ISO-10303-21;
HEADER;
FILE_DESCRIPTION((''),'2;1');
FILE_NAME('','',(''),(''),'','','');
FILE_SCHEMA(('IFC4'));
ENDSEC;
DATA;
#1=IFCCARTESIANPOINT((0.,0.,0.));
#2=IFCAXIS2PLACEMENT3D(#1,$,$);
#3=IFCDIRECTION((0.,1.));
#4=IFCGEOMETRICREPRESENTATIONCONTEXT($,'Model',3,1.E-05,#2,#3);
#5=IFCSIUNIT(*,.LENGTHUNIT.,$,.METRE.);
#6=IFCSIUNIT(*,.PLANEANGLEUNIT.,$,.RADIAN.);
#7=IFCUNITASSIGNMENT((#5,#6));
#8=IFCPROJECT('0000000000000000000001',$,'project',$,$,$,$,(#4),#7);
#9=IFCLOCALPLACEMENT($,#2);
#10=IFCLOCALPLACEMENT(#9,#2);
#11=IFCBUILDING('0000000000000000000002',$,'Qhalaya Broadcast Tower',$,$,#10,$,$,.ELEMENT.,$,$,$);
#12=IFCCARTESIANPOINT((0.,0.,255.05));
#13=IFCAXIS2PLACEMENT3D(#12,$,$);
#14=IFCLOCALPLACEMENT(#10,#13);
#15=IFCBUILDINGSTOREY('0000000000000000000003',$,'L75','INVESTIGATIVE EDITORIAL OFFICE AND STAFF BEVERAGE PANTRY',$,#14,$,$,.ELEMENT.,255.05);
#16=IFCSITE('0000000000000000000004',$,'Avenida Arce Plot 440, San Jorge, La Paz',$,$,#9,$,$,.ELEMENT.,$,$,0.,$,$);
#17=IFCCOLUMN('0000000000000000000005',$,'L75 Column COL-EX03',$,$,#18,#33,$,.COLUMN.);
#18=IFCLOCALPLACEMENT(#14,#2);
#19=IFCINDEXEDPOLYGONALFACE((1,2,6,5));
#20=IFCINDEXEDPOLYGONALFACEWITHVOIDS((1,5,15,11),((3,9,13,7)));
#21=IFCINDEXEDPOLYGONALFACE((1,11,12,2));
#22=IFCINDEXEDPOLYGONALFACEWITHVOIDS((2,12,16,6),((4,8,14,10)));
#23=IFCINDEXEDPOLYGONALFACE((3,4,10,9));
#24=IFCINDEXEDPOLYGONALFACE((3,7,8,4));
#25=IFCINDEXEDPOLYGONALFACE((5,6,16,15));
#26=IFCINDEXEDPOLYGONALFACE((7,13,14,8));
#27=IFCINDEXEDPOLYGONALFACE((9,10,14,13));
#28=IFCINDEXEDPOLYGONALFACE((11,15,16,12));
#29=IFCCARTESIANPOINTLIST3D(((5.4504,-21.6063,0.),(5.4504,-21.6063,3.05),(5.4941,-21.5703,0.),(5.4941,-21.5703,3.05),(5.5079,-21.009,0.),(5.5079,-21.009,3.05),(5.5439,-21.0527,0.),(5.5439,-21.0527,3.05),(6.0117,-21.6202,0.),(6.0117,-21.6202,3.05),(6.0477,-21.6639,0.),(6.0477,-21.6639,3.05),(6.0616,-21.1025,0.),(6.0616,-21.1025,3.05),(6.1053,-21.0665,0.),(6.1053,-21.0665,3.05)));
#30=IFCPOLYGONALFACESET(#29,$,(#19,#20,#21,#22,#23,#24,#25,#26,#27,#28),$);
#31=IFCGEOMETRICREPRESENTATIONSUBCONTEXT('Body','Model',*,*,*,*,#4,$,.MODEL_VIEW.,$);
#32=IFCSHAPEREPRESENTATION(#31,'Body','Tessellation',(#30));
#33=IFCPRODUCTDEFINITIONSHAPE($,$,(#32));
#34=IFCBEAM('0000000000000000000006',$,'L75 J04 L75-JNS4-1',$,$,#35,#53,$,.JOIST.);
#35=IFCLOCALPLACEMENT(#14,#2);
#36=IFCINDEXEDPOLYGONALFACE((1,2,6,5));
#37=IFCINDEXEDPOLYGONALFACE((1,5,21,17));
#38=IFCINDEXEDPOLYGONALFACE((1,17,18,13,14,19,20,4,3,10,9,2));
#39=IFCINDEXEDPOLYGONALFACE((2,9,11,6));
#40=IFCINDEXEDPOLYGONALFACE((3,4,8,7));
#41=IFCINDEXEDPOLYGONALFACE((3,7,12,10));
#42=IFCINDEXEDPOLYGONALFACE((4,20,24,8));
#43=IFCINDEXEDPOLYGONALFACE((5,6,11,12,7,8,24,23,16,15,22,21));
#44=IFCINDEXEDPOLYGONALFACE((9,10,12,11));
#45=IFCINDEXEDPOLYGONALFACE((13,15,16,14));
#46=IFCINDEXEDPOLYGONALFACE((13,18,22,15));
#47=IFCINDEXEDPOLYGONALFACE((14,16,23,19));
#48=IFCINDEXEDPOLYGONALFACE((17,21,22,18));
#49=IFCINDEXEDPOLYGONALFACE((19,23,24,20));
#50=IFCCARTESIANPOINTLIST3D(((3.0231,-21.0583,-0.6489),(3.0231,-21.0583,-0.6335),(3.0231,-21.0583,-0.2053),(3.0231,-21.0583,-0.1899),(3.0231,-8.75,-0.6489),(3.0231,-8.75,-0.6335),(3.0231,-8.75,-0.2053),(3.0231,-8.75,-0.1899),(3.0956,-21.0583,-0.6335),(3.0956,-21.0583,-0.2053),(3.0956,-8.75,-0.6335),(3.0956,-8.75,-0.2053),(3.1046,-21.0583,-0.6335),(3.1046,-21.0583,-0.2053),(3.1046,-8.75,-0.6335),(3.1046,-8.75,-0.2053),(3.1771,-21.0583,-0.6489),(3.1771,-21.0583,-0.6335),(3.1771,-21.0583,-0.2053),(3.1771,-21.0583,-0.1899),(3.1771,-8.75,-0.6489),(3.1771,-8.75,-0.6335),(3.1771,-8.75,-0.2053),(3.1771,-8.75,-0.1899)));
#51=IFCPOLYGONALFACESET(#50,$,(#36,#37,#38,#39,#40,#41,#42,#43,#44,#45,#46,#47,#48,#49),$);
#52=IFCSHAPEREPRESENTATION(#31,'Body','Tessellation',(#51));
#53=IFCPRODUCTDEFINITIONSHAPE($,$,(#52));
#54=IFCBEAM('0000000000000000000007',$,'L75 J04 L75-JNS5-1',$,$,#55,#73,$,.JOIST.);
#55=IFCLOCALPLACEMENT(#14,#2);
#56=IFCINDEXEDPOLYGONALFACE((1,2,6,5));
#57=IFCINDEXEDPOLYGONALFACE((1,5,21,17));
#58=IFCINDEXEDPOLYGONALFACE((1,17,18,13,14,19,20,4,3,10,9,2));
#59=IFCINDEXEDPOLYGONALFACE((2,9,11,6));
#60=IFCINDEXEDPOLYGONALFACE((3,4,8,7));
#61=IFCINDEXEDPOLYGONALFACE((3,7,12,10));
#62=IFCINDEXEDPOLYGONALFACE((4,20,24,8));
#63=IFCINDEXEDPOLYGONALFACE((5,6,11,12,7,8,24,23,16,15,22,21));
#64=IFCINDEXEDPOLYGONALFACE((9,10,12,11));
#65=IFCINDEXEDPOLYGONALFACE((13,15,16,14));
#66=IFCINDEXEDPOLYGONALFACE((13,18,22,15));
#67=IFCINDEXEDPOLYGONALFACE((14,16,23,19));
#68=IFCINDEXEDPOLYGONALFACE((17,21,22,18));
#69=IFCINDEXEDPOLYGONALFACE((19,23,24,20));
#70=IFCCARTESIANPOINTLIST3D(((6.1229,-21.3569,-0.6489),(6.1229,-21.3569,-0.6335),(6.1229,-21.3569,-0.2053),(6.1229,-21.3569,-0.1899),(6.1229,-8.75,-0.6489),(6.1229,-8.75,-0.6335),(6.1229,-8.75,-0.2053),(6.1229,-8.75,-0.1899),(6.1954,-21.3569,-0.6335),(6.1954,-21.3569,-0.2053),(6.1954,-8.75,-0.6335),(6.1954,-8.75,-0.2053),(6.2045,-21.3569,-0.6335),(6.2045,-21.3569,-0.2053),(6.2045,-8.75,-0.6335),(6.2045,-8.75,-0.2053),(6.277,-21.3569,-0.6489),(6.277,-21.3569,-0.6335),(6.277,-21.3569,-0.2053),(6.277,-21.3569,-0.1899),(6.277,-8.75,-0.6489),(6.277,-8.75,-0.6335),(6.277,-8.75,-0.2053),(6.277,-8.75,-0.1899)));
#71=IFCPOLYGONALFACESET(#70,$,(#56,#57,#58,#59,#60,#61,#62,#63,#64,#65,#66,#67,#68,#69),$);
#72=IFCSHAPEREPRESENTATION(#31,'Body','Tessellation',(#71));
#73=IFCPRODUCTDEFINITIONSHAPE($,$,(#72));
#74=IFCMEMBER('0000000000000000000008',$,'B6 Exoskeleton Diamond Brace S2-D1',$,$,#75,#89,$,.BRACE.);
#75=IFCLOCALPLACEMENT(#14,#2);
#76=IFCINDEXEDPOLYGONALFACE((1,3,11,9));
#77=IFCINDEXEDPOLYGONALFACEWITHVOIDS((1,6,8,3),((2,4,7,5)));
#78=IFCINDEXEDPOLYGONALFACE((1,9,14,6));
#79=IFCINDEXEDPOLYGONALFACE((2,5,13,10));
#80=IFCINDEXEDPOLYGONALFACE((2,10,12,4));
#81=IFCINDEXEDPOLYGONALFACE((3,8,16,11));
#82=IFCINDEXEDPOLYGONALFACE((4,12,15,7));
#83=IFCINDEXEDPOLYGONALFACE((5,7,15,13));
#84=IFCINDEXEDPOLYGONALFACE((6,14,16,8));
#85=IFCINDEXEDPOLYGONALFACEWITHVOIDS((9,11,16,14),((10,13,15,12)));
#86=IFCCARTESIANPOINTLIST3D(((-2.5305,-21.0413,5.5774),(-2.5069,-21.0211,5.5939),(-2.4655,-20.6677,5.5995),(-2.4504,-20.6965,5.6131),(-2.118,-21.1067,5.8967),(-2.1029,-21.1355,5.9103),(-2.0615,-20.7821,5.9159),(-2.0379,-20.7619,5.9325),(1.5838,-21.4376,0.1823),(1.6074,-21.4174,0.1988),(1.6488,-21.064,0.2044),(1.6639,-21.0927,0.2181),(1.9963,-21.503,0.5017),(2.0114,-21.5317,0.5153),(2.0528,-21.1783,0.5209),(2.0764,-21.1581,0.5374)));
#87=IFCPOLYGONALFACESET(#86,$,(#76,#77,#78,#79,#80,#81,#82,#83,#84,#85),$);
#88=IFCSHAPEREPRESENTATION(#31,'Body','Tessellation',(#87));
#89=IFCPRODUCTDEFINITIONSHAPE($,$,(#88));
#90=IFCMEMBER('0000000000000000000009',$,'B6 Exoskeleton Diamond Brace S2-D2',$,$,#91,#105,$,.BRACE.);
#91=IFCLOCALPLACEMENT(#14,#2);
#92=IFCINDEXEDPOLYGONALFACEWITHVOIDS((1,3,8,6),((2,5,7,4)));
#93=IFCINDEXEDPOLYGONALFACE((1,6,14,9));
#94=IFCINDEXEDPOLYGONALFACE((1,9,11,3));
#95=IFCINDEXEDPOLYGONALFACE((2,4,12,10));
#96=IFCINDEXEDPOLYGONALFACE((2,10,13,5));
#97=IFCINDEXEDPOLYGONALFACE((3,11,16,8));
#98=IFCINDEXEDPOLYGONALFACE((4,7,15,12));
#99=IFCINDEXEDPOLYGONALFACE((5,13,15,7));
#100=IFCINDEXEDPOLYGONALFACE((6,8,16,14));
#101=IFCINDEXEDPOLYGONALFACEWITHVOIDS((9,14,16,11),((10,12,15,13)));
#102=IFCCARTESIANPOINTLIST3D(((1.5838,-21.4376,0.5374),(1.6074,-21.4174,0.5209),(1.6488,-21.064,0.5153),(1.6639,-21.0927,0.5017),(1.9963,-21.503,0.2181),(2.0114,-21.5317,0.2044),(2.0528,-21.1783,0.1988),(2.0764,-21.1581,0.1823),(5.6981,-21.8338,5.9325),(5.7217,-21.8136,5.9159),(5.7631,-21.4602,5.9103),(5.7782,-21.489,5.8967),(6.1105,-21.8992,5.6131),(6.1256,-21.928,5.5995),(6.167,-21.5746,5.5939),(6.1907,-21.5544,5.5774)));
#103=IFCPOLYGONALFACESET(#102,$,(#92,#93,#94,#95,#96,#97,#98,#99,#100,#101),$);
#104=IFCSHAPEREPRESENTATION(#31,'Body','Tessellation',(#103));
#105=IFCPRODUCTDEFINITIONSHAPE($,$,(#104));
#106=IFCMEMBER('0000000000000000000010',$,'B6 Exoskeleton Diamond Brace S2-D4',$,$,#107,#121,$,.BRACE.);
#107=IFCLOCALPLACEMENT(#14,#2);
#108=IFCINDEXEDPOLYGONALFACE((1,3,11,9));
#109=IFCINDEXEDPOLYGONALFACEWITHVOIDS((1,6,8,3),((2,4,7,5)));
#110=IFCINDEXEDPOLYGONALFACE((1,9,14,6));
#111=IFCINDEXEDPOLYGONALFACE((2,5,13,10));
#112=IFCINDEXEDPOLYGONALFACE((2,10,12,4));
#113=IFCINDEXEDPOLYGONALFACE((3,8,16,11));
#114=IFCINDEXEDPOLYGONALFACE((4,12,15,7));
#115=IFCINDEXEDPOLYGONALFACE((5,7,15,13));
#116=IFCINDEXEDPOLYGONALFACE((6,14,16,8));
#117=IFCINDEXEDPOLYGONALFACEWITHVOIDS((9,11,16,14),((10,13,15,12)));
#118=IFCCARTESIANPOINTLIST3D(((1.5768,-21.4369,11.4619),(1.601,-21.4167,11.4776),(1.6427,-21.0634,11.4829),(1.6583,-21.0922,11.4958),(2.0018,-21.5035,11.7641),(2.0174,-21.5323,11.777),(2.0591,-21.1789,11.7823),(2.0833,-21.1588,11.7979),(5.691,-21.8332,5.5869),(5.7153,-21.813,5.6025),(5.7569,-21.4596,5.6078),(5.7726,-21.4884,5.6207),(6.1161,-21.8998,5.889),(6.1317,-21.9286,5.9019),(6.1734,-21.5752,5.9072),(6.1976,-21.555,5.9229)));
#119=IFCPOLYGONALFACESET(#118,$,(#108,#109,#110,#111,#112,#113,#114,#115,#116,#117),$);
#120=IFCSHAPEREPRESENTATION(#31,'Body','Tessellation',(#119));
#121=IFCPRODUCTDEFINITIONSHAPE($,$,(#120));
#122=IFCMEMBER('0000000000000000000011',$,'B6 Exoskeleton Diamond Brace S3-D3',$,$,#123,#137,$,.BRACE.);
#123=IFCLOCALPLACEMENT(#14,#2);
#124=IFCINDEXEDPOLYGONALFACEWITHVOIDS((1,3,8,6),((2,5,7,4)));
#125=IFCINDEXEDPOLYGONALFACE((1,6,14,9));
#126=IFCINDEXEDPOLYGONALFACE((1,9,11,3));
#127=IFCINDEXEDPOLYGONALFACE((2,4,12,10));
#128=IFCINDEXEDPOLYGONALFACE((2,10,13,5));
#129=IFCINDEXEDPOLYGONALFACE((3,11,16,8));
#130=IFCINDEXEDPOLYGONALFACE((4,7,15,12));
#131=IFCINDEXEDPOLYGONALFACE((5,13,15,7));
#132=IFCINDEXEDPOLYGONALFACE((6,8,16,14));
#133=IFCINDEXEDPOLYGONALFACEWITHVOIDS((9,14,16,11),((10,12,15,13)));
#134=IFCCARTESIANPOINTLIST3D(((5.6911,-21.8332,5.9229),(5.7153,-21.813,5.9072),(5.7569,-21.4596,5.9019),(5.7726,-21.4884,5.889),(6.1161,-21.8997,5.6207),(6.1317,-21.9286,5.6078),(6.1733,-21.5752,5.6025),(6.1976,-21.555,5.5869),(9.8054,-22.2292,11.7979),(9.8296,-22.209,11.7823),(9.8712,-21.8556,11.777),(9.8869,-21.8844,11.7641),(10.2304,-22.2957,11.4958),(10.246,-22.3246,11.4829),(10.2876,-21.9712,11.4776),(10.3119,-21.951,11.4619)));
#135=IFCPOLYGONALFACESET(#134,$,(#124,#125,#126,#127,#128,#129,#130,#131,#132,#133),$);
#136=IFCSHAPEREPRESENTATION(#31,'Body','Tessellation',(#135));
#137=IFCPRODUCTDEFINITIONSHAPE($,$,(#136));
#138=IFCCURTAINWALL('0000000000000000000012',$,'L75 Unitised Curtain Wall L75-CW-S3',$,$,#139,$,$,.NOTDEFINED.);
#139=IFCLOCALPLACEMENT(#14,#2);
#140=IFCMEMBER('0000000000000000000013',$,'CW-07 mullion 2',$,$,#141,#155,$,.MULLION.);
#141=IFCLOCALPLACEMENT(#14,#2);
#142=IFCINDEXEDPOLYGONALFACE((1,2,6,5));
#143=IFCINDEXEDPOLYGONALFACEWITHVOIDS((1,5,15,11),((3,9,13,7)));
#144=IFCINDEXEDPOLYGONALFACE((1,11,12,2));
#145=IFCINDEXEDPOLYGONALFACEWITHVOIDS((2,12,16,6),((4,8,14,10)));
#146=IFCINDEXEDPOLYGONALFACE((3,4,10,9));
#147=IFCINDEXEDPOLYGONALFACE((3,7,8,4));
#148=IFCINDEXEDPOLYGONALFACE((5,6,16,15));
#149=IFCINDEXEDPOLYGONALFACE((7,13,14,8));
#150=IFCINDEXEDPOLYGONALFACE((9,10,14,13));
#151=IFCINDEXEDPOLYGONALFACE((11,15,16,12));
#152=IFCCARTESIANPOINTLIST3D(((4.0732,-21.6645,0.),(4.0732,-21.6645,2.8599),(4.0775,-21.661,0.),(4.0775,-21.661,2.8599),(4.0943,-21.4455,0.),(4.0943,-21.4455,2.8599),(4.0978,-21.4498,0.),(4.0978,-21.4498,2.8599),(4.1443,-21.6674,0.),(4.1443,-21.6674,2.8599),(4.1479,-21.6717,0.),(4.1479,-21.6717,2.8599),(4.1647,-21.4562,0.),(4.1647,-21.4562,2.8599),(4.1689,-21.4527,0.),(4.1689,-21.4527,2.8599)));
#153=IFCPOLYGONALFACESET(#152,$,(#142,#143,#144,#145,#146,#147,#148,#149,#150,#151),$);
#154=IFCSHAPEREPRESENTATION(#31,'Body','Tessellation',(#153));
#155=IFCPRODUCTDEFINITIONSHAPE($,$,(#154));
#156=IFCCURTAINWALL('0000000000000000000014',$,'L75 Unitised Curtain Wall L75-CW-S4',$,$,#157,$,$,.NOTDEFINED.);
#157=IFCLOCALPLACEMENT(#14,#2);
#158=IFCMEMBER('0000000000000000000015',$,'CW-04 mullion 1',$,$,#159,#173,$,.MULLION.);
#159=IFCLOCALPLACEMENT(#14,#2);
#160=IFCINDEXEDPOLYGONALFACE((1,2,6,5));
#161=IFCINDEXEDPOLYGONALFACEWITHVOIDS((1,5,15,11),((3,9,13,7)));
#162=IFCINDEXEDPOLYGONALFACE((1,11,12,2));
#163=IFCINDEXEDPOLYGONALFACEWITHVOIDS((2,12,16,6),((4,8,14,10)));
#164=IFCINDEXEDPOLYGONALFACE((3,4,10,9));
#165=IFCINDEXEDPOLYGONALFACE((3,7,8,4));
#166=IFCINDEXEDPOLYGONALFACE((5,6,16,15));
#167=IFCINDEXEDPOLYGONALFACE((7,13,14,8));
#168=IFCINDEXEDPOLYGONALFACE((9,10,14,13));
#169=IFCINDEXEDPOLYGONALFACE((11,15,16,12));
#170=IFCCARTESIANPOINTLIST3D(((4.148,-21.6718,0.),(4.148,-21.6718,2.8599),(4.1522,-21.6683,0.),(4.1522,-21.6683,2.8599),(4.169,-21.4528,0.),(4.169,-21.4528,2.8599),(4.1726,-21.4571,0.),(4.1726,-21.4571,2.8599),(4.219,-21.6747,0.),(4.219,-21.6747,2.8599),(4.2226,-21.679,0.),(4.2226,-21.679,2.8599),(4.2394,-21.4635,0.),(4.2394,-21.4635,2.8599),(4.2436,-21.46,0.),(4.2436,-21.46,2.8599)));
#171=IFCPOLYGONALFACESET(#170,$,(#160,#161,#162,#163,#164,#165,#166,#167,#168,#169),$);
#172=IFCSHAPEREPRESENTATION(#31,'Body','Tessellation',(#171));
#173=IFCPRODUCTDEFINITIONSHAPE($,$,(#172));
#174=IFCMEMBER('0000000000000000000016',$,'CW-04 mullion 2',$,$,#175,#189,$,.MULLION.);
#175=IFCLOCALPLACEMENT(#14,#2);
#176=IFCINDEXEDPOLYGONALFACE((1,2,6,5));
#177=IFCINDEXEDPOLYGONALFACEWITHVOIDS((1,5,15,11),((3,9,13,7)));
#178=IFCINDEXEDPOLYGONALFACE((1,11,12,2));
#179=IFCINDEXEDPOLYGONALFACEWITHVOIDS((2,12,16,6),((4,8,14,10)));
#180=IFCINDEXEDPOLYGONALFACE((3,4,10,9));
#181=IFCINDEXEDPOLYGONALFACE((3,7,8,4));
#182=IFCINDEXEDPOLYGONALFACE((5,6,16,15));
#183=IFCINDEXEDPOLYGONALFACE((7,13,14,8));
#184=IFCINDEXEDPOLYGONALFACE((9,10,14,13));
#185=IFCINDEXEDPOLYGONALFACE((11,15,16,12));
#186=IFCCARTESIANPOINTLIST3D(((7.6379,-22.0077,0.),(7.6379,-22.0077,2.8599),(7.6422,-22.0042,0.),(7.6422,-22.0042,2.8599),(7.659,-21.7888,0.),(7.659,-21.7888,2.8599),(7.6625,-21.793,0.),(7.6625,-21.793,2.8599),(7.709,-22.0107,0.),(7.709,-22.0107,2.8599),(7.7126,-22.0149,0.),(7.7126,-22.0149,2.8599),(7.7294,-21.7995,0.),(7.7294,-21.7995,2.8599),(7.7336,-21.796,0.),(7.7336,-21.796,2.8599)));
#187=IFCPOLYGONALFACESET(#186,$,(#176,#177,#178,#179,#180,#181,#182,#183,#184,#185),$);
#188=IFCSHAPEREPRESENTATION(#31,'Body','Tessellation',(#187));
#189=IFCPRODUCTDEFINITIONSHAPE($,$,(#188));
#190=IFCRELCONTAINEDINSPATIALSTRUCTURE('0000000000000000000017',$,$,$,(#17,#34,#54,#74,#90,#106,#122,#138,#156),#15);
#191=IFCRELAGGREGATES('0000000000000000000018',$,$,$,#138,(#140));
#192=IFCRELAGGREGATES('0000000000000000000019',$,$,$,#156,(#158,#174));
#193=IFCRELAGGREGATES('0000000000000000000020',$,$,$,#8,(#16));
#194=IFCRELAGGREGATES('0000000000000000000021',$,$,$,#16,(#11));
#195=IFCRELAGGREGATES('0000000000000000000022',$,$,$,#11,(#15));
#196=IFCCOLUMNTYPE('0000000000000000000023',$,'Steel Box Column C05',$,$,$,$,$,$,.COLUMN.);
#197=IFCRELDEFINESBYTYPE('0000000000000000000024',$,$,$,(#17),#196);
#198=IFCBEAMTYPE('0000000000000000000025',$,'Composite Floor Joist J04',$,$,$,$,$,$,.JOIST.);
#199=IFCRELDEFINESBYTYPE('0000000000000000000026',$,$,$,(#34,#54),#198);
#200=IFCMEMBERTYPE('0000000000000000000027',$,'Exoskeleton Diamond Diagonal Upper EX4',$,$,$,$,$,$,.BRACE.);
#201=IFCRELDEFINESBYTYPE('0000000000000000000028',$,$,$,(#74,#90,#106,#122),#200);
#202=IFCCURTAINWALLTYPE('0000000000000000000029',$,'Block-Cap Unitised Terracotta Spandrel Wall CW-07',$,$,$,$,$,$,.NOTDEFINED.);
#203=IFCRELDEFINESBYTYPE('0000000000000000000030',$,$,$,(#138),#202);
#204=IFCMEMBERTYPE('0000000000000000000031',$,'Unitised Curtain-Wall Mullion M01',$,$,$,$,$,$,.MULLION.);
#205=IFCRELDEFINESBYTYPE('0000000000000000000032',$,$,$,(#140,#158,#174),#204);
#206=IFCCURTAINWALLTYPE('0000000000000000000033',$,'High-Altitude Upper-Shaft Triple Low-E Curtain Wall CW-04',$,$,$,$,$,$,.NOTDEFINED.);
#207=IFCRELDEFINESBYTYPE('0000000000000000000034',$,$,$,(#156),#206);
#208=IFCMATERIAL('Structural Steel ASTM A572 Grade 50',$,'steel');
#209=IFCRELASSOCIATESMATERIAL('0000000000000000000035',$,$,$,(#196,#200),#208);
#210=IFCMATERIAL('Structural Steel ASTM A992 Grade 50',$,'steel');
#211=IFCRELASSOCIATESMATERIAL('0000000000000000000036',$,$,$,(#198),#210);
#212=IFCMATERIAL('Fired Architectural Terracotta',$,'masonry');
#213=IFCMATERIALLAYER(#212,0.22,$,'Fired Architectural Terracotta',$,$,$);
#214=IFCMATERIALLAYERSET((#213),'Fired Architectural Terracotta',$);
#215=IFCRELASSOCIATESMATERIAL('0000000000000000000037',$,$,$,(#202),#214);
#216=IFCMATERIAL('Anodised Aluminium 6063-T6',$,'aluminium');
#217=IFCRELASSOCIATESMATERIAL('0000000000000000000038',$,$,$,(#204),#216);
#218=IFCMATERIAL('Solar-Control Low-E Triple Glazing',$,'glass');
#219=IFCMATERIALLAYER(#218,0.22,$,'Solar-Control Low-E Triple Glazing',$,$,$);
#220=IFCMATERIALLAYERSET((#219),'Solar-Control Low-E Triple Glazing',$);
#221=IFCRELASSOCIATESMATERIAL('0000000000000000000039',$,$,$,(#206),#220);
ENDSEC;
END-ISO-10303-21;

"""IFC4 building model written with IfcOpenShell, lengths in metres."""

from ifc_helpers import new_model, si_unit, direction, frame, origin, origin_2d, place, context, subcontext, project, spatial, hollow_rectangle, i_section, extrude, material, layer, layer_set, material_profile, profile_set, type_object, element, aggregate, save


model = new_model("IFC4")

# Units and contexts
model_context = context("Model", 3, precision=1e-05, world=origin(), true_north=direction((0.0, 1.0)))
body_context = subcontext(model_context, "Body", "Model", "MODEL_VIEW")
ifc_project = project(units=[si_unit("LENGTHUNIT", "METRE"), si_unit("PLANEANGLEUNIT", "RADIAN")], contexts=[model_context])

# Site, building, storey
site_placement = place(None, origin())
site = spatial("IfcSite", under=ifc_project, at=site_placement, Name="Avenida Arce Plot 440, San Jorge, La Paz", CompositionType="ELEMENT", RefElevation=0.0)
building_placement = place(site_placement, origin())
building = spatial("IfcBuilding", under=site, at=building_placement, Name="Qhalaya Broadcast Tower", CompositionType="ELEMENT")
storey_placement = place(building_placement, frame((0.0, 0.0, 255.05)))
storey = spatial("IfcBuildingStorey", under=building, at=storey_placement, Name="L75", Description="INVESTIGATIVE EDITORIAL OFFICE AND STAFF BEVERAGE PANTRY", CompositionType="ELEMENT", Elevation=255.05)

# Column
ifc_material_1 = material(Name="Structural Steel ASTM A572 Grade 50", Category="steel")
ifc_material_profile_1 = material_profile(ifc_material_1, hollow_rectangle(XDim=0.6001, YDim=0.6001, WallThickness=0.04, at=origin_2d()), Name="BOX 600x600x40")
ifc_profile_set_1 = profile_set([ifc_material_profile_1], Name="Structural Steel ASTM A572 Grade 50")
column_type = type_object("IfcColumnType", Name="Steel Box Column C05", PredefinedType="COLUMN", material=ifc_profile_set_1)
column_placement = place(storey_placement, frame((5.7778, -21.3364, 0.0), z_axis=(0.0, 0.0, 1.0), x_axis=(0.995396, -0.095846, 0.0)))
element("IfcColumn", 1, at=column_placement, inside=storey, type_object=column_type, Name="L75 Column COL-EX03", PredefinedType="COLUMN", context=body_context, shape_type="SweptSolid", body=[
    extrude(hollow_rectangle(XDim=0.6001, YDim=0.6001, WallThickness=0.04, at=origin_2d()), origin(), (0.0, 0.0, 1.0), 3.05),
])

# Beams
ifc_material_2 = material(Name="Structural Steel ASTM A992 Grade 50", Category="steel")
ifc_material_profile_2 = material_profile(ifc_material_2, i_section(OverallWidth=0.1541, OverallDepth=0.459, WebThickness=0.009, FlangeThickness=0.0154, at=origin_2d()), Name="W18X46")
ifc_profile_set_2 = profile_set([ifc_material_profile_2], Name="Structural Steel ASTM A992 Grade 50")
beam_type_1 = type_object("IfcBeamType", Name="Composite Floor Joist J04", PredefinedType="JOIST", material=ifc_profile_set_2)
beam_1_placement = place(storey_placement, frame((3.1001, -21.0583, -0.4194), z_axis=(0.0, 1.0, 0.0), x_axis=(-1.0, 0.0, 0.0)))
element("IfcBeam", 2, at=beam_1_placement, inside=storey, type_object=beam_type_1, Name="L75 J04 L75-JNS4-1", PredefinedType="JOIST", context=body_context, shape_type="SweptSolid", body=[
    extrude(i_section(OverallWidth=0.1541, OverallDepth=0.459, WebThickness=0.009, FlangeThickness=0.0154, at=origin_2d()), origin(), (0.0, 0.0, 1.0), 12.3083),
])
beam_2_placement = place(storey_placement, frame((6.2, -21.3569, -0.4194), z_axis=(0.0, 1.0, 0.0), x_axis=(-1.0, 0.0, 0.0)))
element("IfcBeam", 3, at=beam_2_placement, inside=storey, type_object=beam_type_1, Name="L75 J04 L75-JNS5-1", PredefinedType="JOIST", context=body_context, shape_type="SweptSolid", body=[
    extrude(i_section(OverallWidth=0.1541, OverallDepth=0.459, WebThickness=0.009, FlangeThickness=0.0154, at=origin_2d()), origin(), (0.0, 0.0, 1.0), 12.6069),
])

# Members
ifc_material_profile_3 = material_profile(ifc_material_1, hollow_rectangle(XDim=0.3799, YDim=0.55, WallThickness=0.0249, at=origin_2d()), Name="BOX 380x550x25")
ifc_profile_set_3 = profile_set([ifc_material_profile_3], Name="Structural Steel ASTM A572 Grade 50")
member_type_1 = type_object("IfcMemberType", Name="Exoskeleton Diamond Diagonal Upper EX4", PredefinedType="BRACE", material=ifc_profile_set_3)
for number, where, z_axis, x_axis, name in (
    (4, (1.8301, -21.2979, 0.3599), (-0.605363, 0.058302, 0.793811), (-0.171157, -0.983518, -0.05829), "B6 Exoskeleton Diamond Brace S2-D1"),
    (5, (1.8301, -21.2979, 0.3599), (0.605363, -0.058302, 0.793811), (0.171157, 0.983518, -0.05829), "B6 Exoskeleton Diamond Brace S2-D2"),
):
    element("IfcMember", number, at=place(storey_placement, frame(where, z_axis=z_axis, x_axis=x_axis)), inside=storey, type_object=member_type_1, Name=name, PredefinedType="BRACE", context=body_context, shape_type="SweptSolid", body=[
        extrude(hollow_rectangle(XDim=0.3799, YDim=0.55, WallThickness=0.0249, at=origin_2d()), origin(), (0.0, 0.0, 1.0), 6.7964),
    ])
for number, where, z_axis, x_axis, name in (
    (6, (5.9443, -21.6941, 5.7549), (-0.572753, 0.055161, 0.81787), (-0.173452, -0.983297, -0.05515), "B6 Exoskeleton Diamond Brace S2-D4"),
    (7, (5.9443, -21.6941, 5.7549), (0.572755, -0.055127, 0.817871), (0.173395, 0.983307, -0.05515), "B6 Exoskeleton Diamond Brace S3-D3"),
):
    element("IfcMember", number, at=place(storey_placement, frame(where, z_axis=z_axis, x_axis=x_axis)), inside=storey, type_object=member_type_1, Name=name, PredefinedType="BRACE", context=body_context, shape_type="SweptSolid", body=[
        extrude(hollow_rectangle(XDim=0.3799, YDim=0.55, WallThickness=0.0249, at=origin_2d()), origin(), (0.0, 0.0, 1.0), 7.1833),
    ])

# Curtain wall, member
ifc_material_3 = material(Name="Fired Architectural Terracotta", Category="masonry")
ifc_layer_1 = layer(ifc_material_3, 0.22, Name="Fired Architectural Terracotta")
ifc_layer_set_1 = layer_set([ifc_layer_1], Name="Fired Architectural Terracotta")
curtain_wall_type_1 = type_object("IfcCurtainWallType", Name="Block-Cap Unitised Terracotta Spandrel Wall CW-07", PredefinedType="NOTDEFINED", material=ifc_layer_set_1)
curtain_wall_1_placement = place(storey_placement, origin())
curtain_wall_1 = element("IfcCurtainWall", 8, at=curtain_wall_1_placement, inside=storey, type_object=curtain_wall_type_1, Name="L75 Unitised Curtain Wall L75-CW-S3", PredefinedType="NOTDEFINED")
ifc_material_4 = material(Name="Anodised Aluminium 6063-T6", Category="aluminium")
ifc_material_profile_4 = material_profile(ifc_material_4, hollow_rectangle(XDim=0.075, YDim=0.22, WallThickness=0.0039, at=origin_2d()), Name="ALU-MUL 75x220x4")
ifc_profile_set_4 = profile_set([ifc_material_profile_4], Name="Anodised Aluminium 6063-T6")
member_type_2 = type_object("IfcMemberType", Name="Unitised Curtain-Wall Mullion M01", PredefinedType="MULLION", material=ifc_profile_set_4)
member_1_placement = place(storey_placement, frame((4.1211, -21.5586, 0.0), z_axis=(0.0, 0.0, 1.0), x_axis=(0.995395, -0.09586, 0.0)))
member_1 = element("IfcMember", 9, at=member_1_placement, type_object=member_type_2, Name="CW-07 mullion 2", PredefinedType="MULLION", context=body_context, shape_type="SweptSolid", body=[
    extrude(hollow_rectangle(XDim=0.075, YDim=0.22, WallThickness=0.0039, at=origin_2d()), origin(), (0.0, 0.0, 1.0), 2.8599),
])

# Curtain wall, members
ifc_material_5 = material(Name="Solar-Control Low-E Triple Glazing", Category="glass")
ifc_layer_2 = layer(ifc_material_5, 0.22, Name="Solar-Control Low-E Triple Glazing")
ifc_layer_set_2 = layer_set([ifc_layer_2], Name="Solar-Control Low-E Triple Glazing")
curtain_wall_type_2 = type_object("IfcCurtainWallType", Name="High-Altitude Upper-Shaft Triple Low-E Curtain Wall CW-04", PredefinedType="NOTDEFINED", material=ifc_layer_set_2)
curtain_wall_2_placement = place(storey_placement, origin())
curtain_wall_2 = element("IfcCurtainWall", 10, at=curtain_wall_2_placement, inside=storey, type_object=curtain_wall_type_2, Name="L75 Unitised Curtain Wall L75-CW-S4", PredefinedType="NOTDEFINED")
member_2_placement = place(storey_placement, frame((4.1958, -21.5659, 0.0), z_axis=(0.0, 0.0, 1.0), x_axis=(0.995397, -0.09584, 0.0)))
member_2 = element("IfcMember", 11, at=member_2_placement, type_object=member_type_2, Name="CW-04 mullion 1", PredefinedType="MULLION", context=body_context, shape_type="SweptSolid", body=[
    extrude(hollow_rectangle(XDim=0.075, YDim=0.22, WallThickness=0.0039, at=origin_2d()), origin(), (0.0, 0.0, 1.0), 2.8599),
])
member_3_placement = place(storey_placement, frame((7.6858, -21.9019, 0.0), z_axis=(0.0, 0.0, 1.0), x_axis=(0.995397, -0.09584, 0.0)))
member_3 = element("IfcMember", 12, at=member_3_placement, type_object=member_type_2, Name="CW-04 mullion 2", PredefinedType="MULLION", context=body_context, shape_type="SweptSolid", body=[
    extrude(hollow_rectangle(XDim=0.075, YDim=0.22, WallThickness=0.0039, at=origin_2d()), origin(), (0.0, 0.0, 1.0), 2.8599),
])

aggregate(curtain_wall_1, [member_1])
aggregate(curtain_wall_2, [member_2, member_3])

save(model, "model.ifc")
